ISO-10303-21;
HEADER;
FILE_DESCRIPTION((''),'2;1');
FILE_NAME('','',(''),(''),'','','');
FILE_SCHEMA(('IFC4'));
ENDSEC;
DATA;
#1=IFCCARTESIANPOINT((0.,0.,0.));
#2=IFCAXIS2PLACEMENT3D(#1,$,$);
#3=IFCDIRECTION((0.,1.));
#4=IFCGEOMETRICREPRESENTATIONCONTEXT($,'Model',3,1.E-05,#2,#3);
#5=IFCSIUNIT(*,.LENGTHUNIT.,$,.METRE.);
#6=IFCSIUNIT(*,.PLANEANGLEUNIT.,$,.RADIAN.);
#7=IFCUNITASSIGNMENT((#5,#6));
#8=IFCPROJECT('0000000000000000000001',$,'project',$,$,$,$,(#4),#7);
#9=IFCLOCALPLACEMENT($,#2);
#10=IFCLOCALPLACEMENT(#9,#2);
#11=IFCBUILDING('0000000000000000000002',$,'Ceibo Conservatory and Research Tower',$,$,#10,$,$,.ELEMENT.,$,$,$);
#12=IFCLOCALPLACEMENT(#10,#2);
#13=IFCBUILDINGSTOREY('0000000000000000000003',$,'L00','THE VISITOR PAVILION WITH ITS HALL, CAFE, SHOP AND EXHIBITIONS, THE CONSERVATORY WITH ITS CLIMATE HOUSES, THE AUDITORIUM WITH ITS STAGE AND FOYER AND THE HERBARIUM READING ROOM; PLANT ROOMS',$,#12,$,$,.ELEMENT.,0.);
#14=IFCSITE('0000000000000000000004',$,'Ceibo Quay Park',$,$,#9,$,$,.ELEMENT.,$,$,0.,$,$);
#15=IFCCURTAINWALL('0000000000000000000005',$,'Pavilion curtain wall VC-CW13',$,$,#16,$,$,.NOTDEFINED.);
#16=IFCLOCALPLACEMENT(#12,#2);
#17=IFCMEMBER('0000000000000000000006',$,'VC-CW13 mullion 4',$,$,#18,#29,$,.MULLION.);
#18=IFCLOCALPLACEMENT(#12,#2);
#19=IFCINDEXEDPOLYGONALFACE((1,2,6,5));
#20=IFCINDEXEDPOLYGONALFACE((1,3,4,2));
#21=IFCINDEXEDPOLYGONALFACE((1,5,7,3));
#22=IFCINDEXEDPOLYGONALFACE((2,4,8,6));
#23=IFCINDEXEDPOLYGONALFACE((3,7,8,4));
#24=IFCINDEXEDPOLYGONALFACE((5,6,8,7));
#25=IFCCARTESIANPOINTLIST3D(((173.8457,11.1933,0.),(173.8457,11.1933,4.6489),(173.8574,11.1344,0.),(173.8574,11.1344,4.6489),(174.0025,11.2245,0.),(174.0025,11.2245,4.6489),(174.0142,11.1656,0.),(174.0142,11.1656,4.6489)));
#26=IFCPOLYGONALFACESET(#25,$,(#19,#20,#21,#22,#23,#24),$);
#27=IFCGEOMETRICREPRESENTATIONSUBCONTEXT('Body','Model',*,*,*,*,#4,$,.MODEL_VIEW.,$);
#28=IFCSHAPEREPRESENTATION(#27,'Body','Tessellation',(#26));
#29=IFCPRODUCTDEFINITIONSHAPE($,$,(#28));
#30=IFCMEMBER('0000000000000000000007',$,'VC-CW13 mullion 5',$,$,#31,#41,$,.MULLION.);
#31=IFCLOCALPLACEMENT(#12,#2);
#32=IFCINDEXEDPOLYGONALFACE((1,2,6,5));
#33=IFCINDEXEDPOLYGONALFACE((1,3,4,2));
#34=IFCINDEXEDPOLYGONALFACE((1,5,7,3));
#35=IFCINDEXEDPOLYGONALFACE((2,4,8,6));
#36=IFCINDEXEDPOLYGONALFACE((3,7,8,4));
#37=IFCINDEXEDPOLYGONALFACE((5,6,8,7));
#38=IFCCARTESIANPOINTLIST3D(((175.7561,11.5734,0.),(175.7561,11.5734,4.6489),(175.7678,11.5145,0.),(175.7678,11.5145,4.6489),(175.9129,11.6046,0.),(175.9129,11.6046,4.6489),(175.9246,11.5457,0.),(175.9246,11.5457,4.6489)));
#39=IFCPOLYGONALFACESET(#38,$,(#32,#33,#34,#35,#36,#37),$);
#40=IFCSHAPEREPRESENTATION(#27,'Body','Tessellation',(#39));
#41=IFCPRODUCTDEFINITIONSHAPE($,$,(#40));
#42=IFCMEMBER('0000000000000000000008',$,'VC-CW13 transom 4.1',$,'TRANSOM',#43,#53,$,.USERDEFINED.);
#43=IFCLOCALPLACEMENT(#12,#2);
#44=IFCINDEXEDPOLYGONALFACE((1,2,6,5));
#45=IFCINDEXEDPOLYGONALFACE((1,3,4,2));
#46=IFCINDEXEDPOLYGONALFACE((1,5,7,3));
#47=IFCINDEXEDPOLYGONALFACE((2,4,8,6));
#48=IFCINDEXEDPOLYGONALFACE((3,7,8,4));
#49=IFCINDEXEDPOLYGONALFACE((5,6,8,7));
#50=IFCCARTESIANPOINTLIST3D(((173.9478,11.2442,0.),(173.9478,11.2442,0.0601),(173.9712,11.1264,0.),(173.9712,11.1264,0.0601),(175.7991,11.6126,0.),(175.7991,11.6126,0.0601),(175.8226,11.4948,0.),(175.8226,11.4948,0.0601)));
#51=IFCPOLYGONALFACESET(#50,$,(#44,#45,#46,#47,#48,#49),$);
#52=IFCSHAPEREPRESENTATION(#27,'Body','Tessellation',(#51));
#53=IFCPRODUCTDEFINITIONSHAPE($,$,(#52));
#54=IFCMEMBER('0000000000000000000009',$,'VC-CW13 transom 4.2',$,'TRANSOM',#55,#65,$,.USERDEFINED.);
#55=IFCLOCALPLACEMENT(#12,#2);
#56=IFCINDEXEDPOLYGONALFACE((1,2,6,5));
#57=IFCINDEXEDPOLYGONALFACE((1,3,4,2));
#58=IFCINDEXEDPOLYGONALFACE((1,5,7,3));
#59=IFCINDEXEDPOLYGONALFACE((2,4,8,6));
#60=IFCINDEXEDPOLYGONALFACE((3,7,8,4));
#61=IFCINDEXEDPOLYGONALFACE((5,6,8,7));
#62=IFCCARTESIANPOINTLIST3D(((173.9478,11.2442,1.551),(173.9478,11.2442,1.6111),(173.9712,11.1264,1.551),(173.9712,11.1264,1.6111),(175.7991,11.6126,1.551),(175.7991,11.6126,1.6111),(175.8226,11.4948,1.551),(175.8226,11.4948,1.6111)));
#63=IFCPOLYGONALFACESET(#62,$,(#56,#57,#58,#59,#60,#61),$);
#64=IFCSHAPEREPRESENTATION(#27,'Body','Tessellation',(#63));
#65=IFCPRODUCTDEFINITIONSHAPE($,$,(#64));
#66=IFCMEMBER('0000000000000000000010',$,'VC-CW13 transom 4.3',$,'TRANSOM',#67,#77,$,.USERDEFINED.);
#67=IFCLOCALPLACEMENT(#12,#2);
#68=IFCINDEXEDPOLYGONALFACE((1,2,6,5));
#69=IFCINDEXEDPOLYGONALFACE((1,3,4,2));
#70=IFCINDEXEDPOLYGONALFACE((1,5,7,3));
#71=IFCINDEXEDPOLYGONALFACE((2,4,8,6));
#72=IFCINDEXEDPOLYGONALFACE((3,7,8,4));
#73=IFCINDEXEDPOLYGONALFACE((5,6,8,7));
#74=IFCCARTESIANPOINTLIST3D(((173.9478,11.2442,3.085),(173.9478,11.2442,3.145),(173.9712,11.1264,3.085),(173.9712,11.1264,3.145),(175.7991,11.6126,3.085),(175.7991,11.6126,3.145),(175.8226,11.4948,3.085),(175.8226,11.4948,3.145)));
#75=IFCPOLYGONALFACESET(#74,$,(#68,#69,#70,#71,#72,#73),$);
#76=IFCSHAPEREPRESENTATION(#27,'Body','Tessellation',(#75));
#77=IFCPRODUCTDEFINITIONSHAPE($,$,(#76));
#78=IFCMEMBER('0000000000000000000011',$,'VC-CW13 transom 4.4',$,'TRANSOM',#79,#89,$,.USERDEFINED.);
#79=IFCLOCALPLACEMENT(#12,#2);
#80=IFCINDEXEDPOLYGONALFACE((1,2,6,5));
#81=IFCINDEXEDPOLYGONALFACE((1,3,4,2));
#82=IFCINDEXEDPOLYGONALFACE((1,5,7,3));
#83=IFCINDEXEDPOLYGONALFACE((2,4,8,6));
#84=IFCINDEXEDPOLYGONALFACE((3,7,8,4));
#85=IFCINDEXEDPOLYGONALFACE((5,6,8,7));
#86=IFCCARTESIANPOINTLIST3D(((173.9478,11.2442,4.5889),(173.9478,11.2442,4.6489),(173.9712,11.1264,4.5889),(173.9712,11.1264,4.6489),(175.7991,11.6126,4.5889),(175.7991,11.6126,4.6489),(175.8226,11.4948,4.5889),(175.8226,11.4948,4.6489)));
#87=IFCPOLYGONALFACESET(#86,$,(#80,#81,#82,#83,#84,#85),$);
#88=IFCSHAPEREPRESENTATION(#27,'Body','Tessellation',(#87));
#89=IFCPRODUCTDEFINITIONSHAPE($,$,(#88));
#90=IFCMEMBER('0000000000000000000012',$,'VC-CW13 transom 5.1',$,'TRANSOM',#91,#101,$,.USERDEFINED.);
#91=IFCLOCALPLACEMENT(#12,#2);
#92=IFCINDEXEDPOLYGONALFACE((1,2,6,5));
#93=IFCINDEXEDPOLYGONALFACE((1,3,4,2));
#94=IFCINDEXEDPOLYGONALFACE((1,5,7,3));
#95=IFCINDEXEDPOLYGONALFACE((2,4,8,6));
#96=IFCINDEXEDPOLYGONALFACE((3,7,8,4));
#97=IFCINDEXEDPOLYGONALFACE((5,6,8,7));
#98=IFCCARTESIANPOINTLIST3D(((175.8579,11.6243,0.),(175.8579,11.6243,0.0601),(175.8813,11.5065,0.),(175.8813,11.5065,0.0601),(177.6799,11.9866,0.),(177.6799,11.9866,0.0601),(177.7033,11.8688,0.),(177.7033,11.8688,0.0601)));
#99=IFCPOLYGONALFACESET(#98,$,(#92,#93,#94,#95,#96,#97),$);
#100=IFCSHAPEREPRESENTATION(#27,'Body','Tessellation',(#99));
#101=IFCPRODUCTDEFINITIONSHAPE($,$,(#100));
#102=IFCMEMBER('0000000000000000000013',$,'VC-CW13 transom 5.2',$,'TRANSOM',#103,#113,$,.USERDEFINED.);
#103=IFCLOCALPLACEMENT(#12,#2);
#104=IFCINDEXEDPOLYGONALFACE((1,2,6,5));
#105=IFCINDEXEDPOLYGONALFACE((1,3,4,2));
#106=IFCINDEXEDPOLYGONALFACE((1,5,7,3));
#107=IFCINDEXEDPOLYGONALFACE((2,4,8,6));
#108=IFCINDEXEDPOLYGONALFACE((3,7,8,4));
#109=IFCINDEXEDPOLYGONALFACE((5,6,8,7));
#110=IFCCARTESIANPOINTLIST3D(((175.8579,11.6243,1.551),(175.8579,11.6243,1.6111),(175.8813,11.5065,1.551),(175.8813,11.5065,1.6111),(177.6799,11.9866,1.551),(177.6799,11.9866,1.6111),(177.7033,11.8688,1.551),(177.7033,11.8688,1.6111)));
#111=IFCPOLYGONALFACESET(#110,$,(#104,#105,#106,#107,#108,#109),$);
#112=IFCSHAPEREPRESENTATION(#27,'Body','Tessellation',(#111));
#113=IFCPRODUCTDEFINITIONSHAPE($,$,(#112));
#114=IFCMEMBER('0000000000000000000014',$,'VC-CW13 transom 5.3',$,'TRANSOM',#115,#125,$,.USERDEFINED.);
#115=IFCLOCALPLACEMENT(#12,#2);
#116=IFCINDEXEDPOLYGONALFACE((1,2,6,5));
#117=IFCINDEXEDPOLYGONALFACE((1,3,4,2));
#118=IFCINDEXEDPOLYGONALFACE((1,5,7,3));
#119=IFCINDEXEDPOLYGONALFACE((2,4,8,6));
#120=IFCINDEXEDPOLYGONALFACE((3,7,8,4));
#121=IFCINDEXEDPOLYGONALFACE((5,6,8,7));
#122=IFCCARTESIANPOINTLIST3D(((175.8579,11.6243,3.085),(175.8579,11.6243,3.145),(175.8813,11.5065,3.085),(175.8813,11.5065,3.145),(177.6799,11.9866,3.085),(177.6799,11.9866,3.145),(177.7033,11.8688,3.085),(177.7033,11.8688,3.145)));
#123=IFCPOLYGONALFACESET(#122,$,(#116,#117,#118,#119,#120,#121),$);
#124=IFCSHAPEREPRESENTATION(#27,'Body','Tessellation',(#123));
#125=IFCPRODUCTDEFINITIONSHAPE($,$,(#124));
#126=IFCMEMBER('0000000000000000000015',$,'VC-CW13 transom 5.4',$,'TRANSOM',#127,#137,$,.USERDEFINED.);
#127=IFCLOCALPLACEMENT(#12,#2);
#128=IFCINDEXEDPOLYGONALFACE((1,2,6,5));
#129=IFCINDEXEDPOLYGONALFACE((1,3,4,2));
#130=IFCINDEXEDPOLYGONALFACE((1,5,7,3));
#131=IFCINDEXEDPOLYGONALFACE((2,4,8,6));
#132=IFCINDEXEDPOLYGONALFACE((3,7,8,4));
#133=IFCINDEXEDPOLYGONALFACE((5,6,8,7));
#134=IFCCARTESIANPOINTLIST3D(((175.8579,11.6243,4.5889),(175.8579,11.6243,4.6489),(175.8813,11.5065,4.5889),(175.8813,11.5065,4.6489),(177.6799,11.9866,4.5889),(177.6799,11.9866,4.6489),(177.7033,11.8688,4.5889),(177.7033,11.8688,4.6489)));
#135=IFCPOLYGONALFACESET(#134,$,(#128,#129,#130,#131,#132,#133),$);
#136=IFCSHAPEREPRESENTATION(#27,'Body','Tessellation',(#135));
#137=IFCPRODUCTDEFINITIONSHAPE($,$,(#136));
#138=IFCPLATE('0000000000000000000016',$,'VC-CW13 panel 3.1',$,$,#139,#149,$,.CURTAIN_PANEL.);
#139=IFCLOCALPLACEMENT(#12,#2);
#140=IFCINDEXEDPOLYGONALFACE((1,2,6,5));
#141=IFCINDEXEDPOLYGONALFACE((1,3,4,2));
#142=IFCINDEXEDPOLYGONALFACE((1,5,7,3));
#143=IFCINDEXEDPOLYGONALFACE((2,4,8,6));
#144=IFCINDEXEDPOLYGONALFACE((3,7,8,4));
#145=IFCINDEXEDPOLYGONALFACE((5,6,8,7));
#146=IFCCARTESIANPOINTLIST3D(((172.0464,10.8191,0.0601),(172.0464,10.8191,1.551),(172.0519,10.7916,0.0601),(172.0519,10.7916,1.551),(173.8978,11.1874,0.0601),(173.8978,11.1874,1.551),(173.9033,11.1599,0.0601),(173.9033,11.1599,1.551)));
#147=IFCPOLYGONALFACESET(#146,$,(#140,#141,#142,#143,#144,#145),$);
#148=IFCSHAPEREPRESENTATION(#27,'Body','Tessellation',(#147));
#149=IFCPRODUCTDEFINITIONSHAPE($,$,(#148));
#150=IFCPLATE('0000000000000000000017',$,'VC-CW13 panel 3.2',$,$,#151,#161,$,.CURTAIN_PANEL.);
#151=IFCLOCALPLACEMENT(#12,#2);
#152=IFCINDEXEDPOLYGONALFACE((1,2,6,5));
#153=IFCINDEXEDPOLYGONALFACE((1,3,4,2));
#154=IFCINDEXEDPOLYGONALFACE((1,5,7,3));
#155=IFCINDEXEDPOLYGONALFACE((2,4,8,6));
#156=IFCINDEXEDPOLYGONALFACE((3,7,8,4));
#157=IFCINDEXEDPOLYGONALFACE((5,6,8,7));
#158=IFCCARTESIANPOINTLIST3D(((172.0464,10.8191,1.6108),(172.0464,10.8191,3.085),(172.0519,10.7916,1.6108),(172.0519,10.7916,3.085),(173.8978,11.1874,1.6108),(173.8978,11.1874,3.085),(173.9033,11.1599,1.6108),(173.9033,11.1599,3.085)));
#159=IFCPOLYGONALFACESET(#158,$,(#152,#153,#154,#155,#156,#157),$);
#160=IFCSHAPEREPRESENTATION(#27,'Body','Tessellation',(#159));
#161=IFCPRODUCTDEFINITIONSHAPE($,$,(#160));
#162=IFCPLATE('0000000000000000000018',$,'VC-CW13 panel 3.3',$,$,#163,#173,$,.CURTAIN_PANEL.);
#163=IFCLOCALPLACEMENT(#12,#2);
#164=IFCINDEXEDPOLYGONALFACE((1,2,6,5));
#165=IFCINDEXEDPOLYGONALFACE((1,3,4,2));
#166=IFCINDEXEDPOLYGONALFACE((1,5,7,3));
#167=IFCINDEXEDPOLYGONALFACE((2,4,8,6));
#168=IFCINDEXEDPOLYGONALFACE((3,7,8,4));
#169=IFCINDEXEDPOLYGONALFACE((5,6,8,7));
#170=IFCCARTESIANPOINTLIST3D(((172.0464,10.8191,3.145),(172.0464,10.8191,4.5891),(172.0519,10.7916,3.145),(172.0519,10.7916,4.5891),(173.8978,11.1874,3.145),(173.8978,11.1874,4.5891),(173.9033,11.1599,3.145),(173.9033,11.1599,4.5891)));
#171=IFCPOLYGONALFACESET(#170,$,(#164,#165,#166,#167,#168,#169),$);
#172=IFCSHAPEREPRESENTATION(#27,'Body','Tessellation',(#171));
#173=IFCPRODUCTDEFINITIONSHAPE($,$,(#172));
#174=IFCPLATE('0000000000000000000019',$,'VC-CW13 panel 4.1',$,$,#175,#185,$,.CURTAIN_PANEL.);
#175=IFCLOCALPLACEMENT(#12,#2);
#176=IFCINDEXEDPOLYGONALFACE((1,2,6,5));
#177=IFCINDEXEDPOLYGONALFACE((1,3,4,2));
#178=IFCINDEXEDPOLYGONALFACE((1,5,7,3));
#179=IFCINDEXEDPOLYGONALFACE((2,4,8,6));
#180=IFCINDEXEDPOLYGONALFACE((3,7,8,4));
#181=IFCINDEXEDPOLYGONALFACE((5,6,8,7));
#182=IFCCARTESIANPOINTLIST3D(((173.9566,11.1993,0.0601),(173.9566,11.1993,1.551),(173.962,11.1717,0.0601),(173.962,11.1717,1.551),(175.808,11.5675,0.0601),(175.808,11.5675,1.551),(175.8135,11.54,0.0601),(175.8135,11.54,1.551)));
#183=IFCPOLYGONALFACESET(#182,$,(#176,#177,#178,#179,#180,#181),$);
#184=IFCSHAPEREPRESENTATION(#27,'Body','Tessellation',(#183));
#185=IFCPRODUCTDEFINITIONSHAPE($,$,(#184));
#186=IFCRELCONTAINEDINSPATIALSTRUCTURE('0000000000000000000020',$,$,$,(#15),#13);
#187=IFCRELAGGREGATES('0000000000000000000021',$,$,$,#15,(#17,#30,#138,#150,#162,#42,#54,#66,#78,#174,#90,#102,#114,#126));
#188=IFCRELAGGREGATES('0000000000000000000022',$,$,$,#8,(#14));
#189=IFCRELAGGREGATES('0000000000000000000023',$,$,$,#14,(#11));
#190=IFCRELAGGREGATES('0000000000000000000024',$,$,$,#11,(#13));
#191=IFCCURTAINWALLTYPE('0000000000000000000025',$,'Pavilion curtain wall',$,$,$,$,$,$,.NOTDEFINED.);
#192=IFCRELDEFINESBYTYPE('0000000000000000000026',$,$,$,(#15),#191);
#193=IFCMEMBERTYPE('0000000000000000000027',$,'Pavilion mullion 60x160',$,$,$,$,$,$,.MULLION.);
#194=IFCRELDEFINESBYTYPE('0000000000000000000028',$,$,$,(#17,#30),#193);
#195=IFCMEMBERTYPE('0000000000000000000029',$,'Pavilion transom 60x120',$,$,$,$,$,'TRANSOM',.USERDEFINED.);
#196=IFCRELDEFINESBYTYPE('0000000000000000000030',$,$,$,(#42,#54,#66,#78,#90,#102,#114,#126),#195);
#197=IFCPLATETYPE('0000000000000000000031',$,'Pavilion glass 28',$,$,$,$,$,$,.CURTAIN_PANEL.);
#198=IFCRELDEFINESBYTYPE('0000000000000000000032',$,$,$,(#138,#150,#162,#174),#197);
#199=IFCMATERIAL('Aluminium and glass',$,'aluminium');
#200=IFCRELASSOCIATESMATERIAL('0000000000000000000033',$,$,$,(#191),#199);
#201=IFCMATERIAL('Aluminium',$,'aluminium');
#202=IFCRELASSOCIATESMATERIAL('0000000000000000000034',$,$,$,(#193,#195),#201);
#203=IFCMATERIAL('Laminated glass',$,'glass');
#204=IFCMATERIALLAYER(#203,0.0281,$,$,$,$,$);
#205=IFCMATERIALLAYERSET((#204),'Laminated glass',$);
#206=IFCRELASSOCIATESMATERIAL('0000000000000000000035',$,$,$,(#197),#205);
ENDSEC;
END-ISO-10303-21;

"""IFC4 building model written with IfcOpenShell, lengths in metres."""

from ifc_helpers import new_model, si_unit, direction, frame, origin, origin_2d, place, context, subcontext, project, spatial, rectangle, extrude, material, layer, layer_set, material_profile, profile_set, type_object, element, aggregate, save


model = new_model("IFC4")

# Units and contexts
model_context = context("Model", 3, precision=1e-05, world=origin(), true_north=direction((0.0, 1.0)))
body_context = subcontext(model_context, "Body", "Model", "MODEL_VIEW")
ifc_project = project(units=[si_unit("LENGTHUNIT", "METRE"), si_unit("PLANEANGLEUNIT", "RADIAN")], contexts=[model_context])

# Site, building, storey
site_placement = place(None, origin())
site = spatial("IfcSite", under=ifc_project, at=site_placement, Name="Ceibo Quay Park", CompositionType="ELEMENT", RefElevation=0.0)
building_placement = place(site_placement, origin())
building = spatial("IfcBuilding", under=site, at=building_placement, Name="Ceibo Conservatory and Research Tower", CompositionType="ELEMENT")
storey_placement = place(building_placement, origin())
storey = spatial("IfcBuildingStorey", under=building, at=storey_placement, Name="L00", Description="THE VISITOR PAVILION WITH ITS HALL, CAFE, SHOP AND EXHIBITIONS, THE CONSERVATORY WITH ITS CLIMATE HOUSES, THE AUDITORIUM WITH ITS STAGE AND FOYER AND THE HERBARIUM READING ROOM; PLANT ROOMS", CompositionType="ELEMENT", Elevation=0.0)

# Curtain wall, members, plates
ifc_material_1 = material(Name="Aluminium and glass", Category="aluminium")
curtain_wall_type = type_object("IfcCurtainWallType", Name="Pavilion curtain wall", PredefinedType="NOTDEFINED", material=ifc_material_1)
curtain_wall_placement = place(storey_placement, origin())
curtain_wall = element("IfcCurtainWall", 1, at=curtain_wall_placement, inside=storey, type_object=curtain_wall_type, Name="Pavilion curtain wall VC-CW13", PredefinedType="NOTDEFINED")
ifc_material_2 = material(Name="Aluminium", Category="aluminium")
ifc_material_profile_1 = material_profile(ifc_material_2, rectangle(XDim=0.0601, YDim=0.1599, at=origin_2d()), Name="AL 60x160")
ifc_profile_set_1 = profile_set([ifc_material_profile_1], Name="Aluminium")
member_type_1 = type_object("IfcMemberType", Name="Pavilion mullion 60x160", PredefinedType="MULLION", material=ifc_profile_set_1)
member_1_placement = place(storey_placement, frame((173.9299, 11.1794, 0.0), z_axis=(0.0, 0.0, 1.0), x_axis=(-0.19509, 0.980785, 0.0)))
member_1 = element("IfcMember", 2, at=member_1_placement, type_object=member_type_1, Name="VC-CW13 mullion 4", PredefinedType="MULLION", context=body_context, shape_type="SweptSolid", body=[
    extrude(rectangle(XDim=0.0601, YDim=0.1599, at=origin_2d()), origin(), (0.0, 0.0, 1.0), 4.6489),
])
member_2_placement = place(storey_placement, frame((175.8403, 11.5596, 0.0), z_axis=(0.0, 0.0, 1.0), x_axis=(-0.19509, 0.980785, 0.0)))
member_2 = element("IfcMember", 3, at=member_2_placement, type_object=member_type_1, Name="VC-CW13 mullion 5", PredefinedType="MULLION", context=body_context, shape_type="SweptSolid", body=[
    extrude(rectangle(XDim=0.0601, YDim=0.1599, at=origin_2d()), origin(), (0.0, 0.0, 1.0), 4.6489),
])
ifc_material_profile_2 = material_profile(ifc_material_2, rectangle(XDim=0.1201, YDim=0.0601, at=origin_2d()), Name="AL 60x120")
ifc_profile_set_2 = profile_set([ifc_material_profile_2], Name="Aluminium")
member_type_2 = type_object("IfcMemberType", Name="Pavilion transom 60x120", ElementType="TRANSOM", PredefinedType="USERDEFINED", material=ifc_profile_set_2)
member_3_placement = place(storey_placement, frame((173.9595, 11.1853, 0.03), z_axis=(0.980769, 0.195171, 0.0), x_axis=(-0.195171, 0.980769, 0.0)))
member_3 = element("IfcMember", 4, at=member_3_placement, type_object=member_type_2, Name="VC-CW13 transom 4.1", ObjectType="TRANSOM", PredefinedType="USERDEFINED", context=body_context, shape_type="SweptSolid", body=[
    extrude(rectangle(XDim=0.1201, YDim=0.0601, at=origin_2d()), origin(), (0.0, 0.0, 1.0), 1.8877),
])
member_4_placement = place(storey_placement, frame((173.9595, 11.1853, 1.5811), z_axis=(0.980769, 0.195171, 0.0), x_axis=(-0.195171, 0.980769, 0.0)))
member_4 = element("IfcMember", 5, at=member_4_placement, type_object=member_type_2, Name="VC-CW13 transom 4.2", ObjectType="TRANSOM", PredefinedType="USERDEFINED", context=body_context, shape_type="SweptSolid", body=[
    extrude(rectangle(XDim=0.1201, YDim=0.0601, at=origin_2d()), origin(), (0.0, 0.0, 1.0), 1.8877),
])
member_5_placement = place(storey_placement, frame((173.9595, 11.1853, 3.115), z_axis=(0.980769, 0.195171, 0.0), x_axis=(-0.195171, 0.980769, 0.0)))
member_5 = element("IfcMember", 6, at=member_5_placement, type_object=member_type_2, Name="VC-CW13 transom 4.3", ObjectType="TRANSOM", PredefinedType="USERDEFINED", context=body_context, shape_type="SweptSolid", body=[
    extrude(rectangle(XDim=0.1201, YDim=0.0601, at=origin_2d()), origin(), (0.0, 0.0, 1.0), 1.8877),
])
member_6_placement = place(storey_placement, frame((173.9595, 11.1853, 4.6189), z_axis=(0.980769, 0.195171, 0.0), x_axis=(-0.195171, 0.980769, 0.0)))
member_6 = element("IfcMember", 7, at=member_6_placement, type_object=member_type_2, Name="VC-CW13 transom 4.4", ObjectType="TRANSOM", PredefinedType="USERDEFINED", context=body_context, shape_type="SweptSolid", body=[
    extrude(rectangle(XDim=0.1201, YDim=0.0601, at=origin_2d()), origin(), (0.0, 0.0, 1.0), 1.8877),
])
member_7_placement = place(storey_placement, frame((175.8696, 11.5654, 0.03), z_axis=(0.980797, 0.195029, 0.0), x_axis=(-0.195029, 0.980797, 0.0)))
member_7 = element("IfcMember", 8, at=member_7_placement, type_object=member_type_2, Name="VC-CW13 transom 5.1", ObjectType="TRANSOM", PredefinedType="USERDEFINED", context=body_context, shape_type="SweptSolid", body=[
    extrude(rectangle(XDim=0.1201, YDim=0.0601, at=origin_2d()), origin(), (0.0, 0.0, 1.0), 1.8577),
])
member_8_placement = place(storey_placement, frame((175.8696, 11.5654, 1.5811), z_axis=(0.980797, 0.195029, 0.0), x_axis=(-0.195029, 0.980797, 0.0)))
member_8 = element("IfcMember", 9, at=member_8_placement, type_object=member_type_2, Name="VC-CW13 transom 5.2", ObjectType="TRANSOM", PredefinedType="USERDEFINED", context=body_context, shape_type="SweptSolid", body=[
    extrude(rectangle(XDim=0.1201, YDim=0.0601, at=origin_2d()), origin(), (0.0, 0.0, 1.0), 1.8577),
])
member_9_placement = place(storey_placement, frame((175.8696, 11.5654, 3.115), z_axis=(0.980797, 0.195029, 0.0), x_axis=(-0.195029, 0.980797, 0.0)))
member_9 = element("IfcMember", 10, at=member_9_placement, type_object=member_type_2, Name="VC-CW13 transom 5.3", ObjectType="TRANSOM", PredefinedType="USERDEFINED", context=body_context, shape_type="SweptSolid", body=[
    extrude(rectangle(XDim=0.1201, YDim=0.0601, at=origin_2d()), origin(), (0.0, 0.0, 1.0), 1.8577),
])
member_10_placement = place(storey_placement, frame((175.8696, 11.5654, 4.6189), z_axis=(0.980797, 0.195029, 0.0), x_axis=(-0.195029, 0.980797, 0.0)))
member_10 = element("IfcMember", 11, at=member_10_placement, type_object=member_type_2, Name="VC-CW13 transom 5.4", ObjectType="TRANSOM", PredefinedType="USERDEFINED", context=body_context, shape_type="SweptSolid", body=[
    extrude(rectangle(XDim=0.1201, YDim=0.0601, at=origin_2d()), origin(), (0.0, 0.0, 1.0), 1.8577),
])
ifc_material_3 = material(Name="Laminated glass", Category="glass")
ifc_layer_1 = layer(ifc_material_3, 0.0281)
ifc_layer_set_1 = layer_set([ifc_layer_1], Name="Laminated glass")
plate_type = type_object("IfcPlateType", Name="Pavilion glass 28", PredefinedType="CURTAIN_PANEL", material=ifc_layer_set_1)
plate_1_placement = place(storey_placement, frame((172.9749, 10.9895, 0.0601), z_axis=(0.0, 0.0, 1.0), x_axis=(0.980785, 0.19509, 0.0)))
plate_1 = element("IfcPlate", 12, at=plate_1_placement, type_object=plate_type, Name="VC-CW13 panel 3.1", PredefinedType="CURTAIN_PANEL", context=body_context, shape_type="SweptSolid", body=[
    extrude(rectangle(XDim=1.8877, YDim=0.0281, at=origin_2d()), origin(), (0.0, 0.0, 1.0), 1.491),
])
plate_2_placement = place(storey_placement, frame((172.9749, 10.9895, 1.6108), z_axis=(0.0, 0.0, 1.0), x_axis=(0.980785, 0.19509, 0.0)))
plate_2 = element("IfcPlate", 13, at=plate_2_placement, type_object=plate_type, Name="VC-CW13 panel 3.2", PredefinedType="CURTAIN_PANEL", context=body_context, shape_type="SweptSolid", body=[
    extrude(rectangle(XDim=1.8877, YDim=0.0281, at=origin_2d()), origin(), (0.0, 0.0, 1.0), 1.4741),
])
plate_3_placement = place(storey_placement, frame((172.9749, 10.9895, 3.145), z_axis=(0.0, 0.0, 1.0), x_axis=(0.980785, 0.19509, 0.0)))
plate_3 = element("IfcPlate", 14, at=plate_3_placement, type_object=plate_type, Name="VC-CW13 panel 3.3", PredefinedType="CURTAIN_PANEL", context=body_context, shape_type="SweptSolid", body=[
    extrude(rectangle(XDim=1.8877, YDim=0.0281, at=origin_2d()), origin(), (0.0, 0.0, 1.0), 1.4441),
])
plate_4_placement = place(storey_placement, frame((174.885, 11.3696, 0.0601), z_axis=(0.0, 0.0, 1.0), x_axis=(0.980785, 0.19509, 0.0)))
plate_4 = element("IfcPlate", 15, at=plate_4_placement, type_object=plate_type, Name="VC-CW13 panel 4.1", PredefinedType="CURTAIN_PANEL", context=body_context, shape_type="SweptSolid", body=[
    extrude(rectangle(XDim=1.8877, YDim=0.0281, at=origin_2d()), origin(), (0.0, 0.0, 1.0), 1.491),
])
aggregate(curtain_wall, [member_1, member_2, plate_1, plate_2, plate_3, member_3, member_4, member_5, member_6, plate_4, member_7, member_8, member_9, member_10])

save(model, "model.ifc")
